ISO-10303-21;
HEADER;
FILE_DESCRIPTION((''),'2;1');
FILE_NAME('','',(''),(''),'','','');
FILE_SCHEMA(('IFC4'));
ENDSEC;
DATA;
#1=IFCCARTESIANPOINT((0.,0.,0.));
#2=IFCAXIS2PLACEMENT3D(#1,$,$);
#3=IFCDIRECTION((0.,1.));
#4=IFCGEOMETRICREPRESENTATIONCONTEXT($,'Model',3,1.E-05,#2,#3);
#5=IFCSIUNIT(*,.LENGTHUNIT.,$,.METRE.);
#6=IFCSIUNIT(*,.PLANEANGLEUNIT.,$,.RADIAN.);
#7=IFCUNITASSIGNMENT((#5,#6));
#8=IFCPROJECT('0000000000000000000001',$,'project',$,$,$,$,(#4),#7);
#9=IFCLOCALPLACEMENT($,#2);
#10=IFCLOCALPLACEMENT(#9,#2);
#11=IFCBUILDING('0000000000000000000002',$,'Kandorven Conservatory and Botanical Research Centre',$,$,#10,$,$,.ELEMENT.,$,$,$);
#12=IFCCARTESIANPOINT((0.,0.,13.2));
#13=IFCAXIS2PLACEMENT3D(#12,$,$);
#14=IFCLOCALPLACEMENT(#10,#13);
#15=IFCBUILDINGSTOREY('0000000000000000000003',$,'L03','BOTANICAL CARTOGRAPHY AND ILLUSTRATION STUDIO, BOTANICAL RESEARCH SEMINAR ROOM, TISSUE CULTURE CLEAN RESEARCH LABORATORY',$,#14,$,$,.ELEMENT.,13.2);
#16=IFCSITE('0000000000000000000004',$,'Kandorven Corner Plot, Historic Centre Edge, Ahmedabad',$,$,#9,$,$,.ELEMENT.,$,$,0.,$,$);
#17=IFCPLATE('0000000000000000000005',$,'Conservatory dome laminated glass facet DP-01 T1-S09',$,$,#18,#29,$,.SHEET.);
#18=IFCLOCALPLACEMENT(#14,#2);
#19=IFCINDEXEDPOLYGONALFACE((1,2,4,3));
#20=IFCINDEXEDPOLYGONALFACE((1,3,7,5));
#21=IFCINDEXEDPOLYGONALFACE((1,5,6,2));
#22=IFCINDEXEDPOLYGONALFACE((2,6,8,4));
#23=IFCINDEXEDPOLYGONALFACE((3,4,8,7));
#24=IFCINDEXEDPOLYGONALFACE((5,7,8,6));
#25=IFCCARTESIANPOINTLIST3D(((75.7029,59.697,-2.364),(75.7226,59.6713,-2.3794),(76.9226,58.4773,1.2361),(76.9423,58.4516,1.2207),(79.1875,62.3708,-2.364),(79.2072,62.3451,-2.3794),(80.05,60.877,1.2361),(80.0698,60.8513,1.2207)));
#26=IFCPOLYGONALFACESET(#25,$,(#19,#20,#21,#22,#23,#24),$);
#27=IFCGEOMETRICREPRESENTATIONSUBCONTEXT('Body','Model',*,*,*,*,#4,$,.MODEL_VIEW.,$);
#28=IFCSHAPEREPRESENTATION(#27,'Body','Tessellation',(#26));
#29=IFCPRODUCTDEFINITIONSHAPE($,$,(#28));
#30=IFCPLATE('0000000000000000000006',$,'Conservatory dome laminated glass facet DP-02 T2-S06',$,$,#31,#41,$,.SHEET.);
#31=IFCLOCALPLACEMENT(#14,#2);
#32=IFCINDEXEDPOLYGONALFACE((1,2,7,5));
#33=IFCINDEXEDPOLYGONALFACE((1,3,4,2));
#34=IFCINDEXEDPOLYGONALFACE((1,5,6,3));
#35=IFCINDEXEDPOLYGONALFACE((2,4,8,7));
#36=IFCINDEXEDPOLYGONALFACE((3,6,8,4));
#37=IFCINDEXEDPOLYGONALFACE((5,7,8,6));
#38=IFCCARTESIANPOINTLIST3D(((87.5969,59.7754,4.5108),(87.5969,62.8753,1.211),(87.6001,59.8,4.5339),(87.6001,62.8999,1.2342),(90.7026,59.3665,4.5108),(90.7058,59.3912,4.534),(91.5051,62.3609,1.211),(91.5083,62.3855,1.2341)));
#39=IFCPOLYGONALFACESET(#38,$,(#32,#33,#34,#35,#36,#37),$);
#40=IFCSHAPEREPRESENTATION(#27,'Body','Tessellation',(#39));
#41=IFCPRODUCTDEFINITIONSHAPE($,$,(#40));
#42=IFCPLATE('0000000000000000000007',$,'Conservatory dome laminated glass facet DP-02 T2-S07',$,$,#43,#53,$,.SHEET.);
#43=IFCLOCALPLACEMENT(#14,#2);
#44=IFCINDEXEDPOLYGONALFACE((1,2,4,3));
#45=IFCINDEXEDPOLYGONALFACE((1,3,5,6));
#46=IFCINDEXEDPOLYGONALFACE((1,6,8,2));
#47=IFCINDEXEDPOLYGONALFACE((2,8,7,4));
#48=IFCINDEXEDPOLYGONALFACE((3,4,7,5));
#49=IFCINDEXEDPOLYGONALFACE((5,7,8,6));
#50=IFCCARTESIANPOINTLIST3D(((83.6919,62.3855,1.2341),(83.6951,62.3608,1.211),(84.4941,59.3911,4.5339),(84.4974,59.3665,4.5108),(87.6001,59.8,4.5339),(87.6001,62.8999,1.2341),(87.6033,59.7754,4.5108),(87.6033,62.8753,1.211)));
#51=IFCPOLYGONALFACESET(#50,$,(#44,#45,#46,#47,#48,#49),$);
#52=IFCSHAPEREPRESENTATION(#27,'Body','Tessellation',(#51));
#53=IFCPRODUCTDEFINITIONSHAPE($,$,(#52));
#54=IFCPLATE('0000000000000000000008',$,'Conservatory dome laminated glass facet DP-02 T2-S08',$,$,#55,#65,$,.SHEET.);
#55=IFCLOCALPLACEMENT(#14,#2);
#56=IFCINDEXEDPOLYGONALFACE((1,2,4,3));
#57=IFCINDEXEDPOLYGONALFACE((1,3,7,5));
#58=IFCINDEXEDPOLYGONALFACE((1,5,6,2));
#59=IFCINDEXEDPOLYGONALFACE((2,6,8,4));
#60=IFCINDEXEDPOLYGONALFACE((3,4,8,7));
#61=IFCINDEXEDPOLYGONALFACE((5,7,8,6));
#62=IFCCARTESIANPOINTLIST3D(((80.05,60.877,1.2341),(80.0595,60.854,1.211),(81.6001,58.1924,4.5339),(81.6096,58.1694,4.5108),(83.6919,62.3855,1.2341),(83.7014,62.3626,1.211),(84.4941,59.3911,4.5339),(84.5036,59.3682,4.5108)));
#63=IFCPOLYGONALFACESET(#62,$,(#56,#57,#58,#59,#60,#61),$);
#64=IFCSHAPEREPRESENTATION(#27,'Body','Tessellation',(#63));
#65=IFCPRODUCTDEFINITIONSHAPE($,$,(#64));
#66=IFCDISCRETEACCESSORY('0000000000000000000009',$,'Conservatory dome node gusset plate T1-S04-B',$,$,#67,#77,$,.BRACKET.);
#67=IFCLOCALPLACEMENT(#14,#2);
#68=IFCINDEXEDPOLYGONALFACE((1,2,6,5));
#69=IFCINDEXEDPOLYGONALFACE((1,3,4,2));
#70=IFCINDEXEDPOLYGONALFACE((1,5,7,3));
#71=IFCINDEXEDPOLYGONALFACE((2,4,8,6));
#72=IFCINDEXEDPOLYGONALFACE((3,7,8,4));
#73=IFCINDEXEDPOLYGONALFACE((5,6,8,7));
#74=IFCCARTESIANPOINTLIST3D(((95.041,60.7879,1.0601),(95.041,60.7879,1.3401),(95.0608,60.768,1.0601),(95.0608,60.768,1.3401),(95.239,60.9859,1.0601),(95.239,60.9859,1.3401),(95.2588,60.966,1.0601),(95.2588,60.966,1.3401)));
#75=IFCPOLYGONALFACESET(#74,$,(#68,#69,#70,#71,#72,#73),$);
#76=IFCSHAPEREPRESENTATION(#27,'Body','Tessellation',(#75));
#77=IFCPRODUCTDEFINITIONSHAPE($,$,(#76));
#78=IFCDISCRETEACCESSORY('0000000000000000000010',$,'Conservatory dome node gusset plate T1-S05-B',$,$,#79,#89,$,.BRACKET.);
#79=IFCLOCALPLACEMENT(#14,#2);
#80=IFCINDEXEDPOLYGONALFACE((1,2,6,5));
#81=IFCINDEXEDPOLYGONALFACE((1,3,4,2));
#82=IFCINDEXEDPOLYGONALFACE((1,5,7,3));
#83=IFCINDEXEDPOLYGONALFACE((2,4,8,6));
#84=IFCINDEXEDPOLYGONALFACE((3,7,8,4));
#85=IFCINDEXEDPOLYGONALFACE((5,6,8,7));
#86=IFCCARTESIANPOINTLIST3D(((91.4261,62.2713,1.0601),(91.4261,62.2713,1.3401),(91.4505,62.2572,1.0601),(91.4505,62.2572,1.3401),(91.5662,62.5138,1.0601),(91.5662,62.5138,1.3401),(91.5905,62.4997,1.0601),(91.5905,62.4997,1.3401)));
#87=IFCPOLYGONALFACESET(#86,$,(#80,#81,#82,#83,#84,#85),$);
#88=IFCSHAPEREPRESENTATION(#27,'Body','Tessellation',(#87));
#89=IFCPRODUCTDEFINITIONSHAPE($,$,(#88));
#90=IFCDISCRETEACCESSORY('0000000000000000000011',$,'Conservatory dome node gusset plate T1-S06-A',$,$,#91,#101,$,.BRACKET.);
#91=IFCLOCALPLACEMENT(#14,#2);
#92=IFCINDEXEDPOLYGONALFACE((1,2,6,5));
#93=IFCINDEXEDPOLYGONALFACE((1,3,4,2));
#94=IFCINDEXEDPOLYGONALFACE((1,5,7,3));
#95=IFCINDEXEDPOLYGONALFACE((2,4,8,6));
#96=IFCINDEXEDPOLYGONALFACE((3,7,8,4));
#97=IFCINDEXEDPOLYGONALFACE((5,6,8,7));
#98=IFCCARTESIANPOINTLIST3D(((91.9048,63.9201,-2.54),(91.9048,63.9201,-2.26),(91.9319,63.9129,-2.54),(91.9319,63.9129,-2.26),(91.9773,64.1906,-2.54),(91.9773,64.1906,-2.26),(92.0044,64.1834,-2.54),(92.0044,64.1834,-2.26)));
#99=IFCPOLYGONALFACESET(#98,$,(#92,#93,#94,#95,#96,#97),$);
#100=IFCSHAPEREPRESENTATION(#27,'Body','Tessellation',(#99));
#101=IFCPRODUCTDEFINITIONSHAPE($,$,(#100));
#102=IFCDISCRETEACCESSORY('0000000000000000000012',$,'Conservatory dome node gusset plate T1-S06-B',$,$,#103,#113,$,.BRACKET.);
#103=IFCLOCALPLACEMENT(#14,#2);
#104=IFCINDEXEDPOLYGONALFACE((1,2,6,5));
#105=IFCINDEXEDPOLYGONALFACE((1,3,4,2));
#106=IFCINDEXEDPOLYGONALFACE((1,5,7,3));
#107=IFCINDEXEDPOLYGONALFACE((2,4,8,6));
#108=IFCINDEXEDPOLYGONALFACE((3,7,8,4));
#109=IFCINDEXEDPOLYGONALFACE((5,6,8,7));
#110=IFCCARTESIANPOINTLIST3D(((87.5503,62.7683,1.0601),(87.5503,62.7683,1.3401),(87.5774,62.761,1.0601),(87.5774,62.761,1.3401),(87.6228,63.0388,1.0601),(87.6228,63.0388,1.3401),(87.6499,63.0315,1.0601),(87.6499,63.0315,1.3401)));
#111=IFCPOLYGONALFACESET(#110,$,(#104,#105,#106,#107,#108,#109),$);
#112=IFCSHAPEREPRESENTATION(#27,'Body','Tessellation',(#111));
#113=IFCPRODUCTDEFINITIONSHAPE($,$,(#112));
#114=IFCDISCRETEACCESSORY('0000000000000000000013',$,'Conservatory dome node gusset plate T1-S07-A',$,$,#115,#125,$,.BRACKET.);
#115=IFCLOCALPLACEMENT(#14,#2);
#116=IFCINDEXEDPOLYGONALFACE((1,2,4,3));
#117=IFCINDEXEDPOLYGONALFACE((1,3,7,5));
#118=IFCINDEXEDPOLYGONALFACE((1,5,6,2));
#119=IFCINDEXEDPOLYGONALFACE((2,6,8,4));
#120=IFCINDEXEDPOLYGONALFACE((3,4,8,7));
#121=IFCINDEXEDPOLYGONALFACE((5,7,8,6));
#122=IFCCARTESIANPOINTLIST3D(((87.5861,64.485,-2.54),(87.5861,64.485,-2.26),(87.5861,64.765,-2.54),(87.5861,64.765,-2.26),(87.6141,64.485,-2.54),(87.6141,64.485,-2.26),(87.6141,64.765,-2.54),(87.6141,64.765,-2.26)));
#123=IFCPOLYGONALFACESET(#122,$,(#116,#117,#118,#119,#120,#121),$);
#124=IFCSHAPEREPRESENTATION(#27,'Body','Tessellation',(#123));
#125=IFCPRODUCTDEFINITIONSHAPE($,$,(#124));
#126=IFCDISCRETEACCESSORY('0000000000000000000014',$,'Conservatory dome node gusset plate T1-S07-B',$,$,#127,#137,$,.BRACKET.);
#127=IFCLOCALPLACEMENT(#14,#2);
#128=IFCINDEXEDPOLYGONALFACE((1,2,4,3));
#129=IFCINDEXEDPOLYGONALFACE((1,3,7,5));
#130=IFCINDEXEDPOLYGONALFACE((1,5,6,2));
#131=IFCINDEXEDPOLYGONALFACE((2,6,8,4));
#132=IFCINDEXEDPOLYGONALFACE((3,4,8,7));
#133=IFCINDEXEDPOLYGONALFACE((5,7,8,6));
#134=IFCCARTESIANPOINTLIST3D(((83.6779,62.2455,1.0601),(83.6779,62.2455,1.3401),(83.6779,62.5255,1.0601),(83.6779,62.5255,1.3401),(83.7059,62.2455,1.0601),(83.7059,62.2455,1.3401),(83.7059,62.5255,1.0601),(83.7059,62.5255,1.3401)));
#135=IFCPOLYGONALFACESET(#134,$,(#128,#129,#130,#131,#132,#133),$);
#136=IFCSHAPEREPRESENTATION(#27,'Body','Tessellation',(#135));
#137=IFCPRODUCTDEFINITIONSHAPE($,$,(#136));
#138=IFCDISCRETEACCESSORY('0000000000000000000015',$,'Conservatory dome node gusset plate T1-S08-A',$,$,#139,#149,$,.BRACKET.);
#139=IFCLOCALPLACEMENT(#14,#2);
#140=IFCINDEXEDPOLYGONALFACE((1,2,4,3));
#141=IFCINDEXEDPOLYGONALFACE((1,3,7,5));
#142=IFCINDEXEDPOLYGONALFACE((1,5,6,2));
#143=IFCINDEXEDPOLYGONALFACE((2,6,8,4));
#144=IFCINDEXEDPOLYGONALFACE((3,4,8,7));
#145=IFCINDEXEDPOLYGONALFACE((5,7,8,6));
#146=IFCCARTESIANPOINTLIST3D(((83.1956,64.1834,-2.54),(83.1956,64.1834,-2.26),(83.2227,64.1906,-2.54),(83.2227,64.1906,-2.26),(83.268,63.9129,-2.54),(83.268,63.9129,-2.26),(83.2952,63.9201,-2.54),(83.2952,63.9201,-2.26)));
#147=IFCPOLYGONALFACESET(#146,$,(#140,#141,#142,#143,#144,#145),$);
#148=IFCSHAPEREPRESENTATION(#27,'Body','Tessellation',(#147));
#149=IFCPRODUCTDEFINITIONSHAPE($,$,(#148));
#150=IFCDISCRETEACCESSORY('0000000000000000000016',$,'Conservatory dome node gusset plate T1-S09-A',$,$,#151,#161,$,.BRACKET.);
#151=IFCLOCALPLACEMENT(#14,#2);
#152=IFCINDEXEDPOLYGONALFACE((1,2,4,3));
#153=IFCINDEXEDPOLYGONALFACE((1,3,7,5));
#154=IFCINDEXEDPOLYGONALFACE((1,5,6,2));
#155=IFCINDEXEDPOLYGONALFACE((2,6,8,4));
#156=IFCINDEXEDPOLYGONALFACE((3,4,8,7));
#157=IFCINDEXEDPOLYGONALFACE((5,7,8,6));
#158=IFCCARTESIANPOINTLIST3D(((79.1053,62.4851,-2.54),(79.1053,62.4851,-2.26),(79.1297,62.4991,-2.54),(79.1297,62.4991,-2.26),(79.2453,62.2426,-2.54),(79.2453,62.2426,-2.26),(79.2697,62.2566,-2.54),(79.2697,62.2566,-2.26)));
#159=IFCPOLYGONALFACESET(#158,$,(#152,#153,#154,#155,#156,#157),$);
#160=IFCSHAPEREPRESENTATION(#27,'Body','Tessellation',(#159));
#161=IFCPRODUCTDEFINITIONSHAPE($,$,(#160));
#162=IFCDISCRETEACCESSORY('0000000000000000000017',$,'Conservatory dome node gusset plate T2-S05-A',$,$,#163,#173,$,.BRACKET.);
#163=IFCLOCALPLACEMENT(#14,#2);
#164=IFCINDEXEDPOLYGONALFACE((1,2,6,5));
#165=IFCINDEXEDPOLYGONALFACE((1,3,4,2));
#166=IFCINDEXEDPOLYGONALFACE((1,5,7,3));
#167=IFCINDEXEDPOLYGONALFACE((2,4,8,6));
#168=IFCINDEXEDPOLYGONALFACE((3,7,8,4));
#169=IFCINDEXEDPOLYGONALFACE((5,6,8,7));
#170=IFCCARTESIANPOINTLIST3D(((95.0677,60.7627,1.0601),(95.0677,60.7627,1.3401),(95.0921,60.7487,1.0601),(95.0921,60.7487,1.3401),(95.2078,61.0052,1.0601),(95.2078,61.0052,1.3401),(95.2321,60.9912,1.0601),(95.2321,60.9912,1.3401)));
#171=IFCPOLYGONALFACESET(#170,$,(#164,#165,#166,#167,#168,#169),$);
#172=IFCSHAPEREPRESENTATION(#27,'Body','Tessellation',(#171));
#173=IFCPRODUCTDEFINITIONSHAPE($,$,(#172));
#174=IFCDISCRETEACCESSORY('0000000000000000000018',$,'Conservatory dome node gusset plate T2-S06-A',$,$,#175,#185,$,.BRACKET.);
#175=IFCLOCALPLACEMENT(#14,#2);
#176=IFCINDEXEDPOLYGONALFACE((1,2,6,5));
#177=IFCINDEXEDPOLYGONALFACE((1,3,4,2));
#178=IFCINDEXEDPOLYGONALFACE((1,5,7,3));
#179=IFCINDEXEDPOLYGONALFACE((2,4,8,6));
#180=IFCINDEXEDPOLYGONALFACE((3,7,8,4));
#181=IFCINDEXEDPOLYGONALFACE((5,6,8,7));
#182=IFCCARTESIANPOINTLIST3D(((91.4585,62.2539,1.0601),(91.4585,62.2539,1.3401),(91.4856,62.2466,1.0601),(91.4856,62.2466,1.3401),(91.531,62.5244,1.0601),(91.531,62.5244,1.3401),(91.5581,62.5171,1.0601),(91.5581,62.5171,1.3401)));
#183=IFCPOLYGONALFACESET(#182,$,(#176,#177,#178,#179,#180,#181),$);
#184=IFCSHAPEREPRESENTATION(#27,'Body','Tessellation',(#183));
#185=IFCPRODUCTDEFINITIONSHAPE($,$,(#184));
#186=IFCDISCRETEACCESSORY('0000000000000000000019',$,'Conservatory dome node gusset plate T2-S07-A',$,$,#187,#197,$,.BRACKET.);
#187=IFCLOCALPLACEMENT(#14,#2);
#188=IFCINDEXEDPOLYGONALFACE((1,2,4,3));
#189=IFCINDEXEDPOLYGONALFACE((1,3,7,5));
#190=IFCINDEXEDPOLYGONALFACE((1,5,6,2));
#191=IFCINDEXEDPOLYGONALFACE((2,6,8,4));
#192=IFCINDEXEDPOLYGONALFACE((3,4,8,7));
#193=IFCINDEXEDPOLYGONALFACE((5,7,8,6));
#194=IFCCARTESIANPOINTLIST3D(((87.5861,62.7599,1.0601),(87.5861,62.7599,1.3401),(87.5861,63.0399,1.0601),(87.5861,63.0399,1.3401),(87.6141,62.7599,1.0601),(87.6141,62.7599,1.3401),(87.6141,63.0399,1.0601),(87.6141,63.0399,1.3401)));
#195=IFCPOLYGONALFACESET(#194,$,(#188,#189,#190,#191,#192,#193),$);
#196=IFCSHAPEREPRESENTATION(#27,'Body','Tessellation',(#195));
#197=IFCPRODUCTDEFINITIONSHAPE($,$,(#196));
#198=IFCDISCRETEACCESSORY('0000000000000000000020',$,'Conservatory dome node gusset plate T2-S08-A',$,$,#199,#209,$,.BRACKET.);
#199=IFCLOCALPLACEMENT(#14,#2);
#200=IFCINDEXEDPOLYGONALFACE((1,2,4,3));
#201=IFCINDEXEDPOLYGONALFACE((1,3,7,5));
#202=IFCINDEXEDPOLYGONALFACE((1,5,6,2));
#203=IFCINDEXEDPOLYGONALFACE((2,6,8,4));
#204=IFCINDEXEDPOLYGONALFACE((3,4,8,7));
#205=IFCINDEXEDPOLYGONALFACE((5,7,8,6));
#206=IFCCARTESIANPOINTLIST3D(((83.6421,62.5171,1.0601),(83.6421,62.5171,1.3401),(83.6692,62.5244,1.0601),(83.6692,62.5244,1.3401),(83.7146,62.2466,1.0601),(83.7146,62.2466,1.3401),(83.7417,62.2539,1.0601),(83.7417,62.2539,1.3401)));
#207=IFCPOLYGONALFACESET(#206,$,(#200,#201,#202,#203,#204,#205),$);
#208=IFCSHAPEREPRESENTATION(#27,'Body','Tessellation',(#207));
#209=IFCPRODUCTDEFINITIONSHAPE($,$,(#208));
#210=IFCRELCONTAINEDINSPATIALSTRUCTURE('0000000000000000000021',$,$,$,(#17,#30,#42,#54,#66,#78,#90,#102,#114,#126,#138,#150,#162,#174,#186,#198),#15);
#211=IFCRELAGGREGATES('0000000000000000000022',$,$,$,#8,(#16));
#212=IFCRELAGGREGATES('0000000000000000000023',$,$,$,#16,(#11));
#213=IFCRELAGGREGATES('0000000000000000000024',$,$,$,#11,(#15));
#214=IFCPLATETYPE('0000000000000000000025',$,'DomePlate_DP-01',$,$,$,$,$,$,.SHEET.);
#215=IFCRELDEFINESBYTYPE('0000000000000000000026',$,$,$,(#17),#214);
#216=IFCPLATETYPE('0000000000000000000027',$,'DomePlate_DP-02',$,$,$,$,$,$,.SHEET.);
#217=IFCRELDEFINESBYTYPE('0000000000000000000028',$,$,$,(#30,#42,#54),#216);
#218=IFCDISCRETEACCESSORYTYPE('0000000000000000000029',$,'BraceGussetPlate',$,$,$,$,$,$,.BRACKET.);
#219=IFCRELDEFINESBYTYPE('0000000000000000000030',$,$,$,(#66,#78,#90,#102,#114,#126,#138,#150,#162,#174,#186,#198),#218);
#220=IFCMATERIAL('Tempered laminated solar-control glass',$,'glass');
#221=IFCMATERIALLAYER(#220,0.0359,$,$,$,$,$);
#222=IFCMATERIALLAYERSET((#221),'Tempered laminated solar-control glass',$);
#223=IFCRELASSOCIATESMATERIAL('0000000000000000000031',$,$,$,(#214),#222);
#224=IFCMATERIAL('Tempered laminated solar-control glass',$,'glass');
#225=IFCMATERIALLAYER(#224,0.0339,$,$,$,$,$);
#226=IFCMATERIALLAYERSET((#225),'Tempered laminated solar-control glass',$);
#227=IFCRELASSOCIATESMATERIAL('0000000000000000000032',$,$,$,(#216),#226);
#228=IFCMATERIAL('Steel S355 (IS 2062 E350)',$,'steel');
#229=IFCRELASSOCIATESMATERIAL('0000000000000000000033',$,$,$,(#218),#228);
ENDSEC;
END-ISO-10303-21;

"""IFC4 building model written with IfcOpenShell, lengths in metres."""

from ifc_helpers import new_model, si_unit, direction, frame, origin, origin_2d, place, context, subcontext, project, spatial, polyline, rectangle, outline, extrude, material, layer, layer_set, type_object, element, save


model = new_model("IFC4")

# Units and contexts
model_context = context("Model", 3, precision=1e-05, world=origin(), true_north=direction((0.0, 1.0)))
body_context = subcontext(model_context, "Body", "Model", "MODEL_VIEW")
ifc_project = project(units=[si_unit("LENGTHUNIT", "METRE"), si_unit("PLANEANGLEUNIT", "RADIAN")], contexts=[model_context])

# Site, building, storey
site_placement = place(None, origin())
site = spatial("IfcSite", under=ifc_project, at=site_placement, Name="Kandorven Corner Plot, Historic Centre Edge, Ahmedabad", CompositionType="ELEMENT", RefElevation=0.0)
building_placement = place(site_placement, origin())
building = spatial("IfcBuilding", under=site, at=building_placement, Name="Kandorven Conservatory and Botanical Research Centre", CompositionType="ELEMENT")
storey_placement = place(building_placement, frame((0.0, 0.0, 13.2)))
storey = spatial("IfcBuildingStorey", under=building, at=storey_placement, Name="L03", Description="BOTANICAL CARTOGRAPHY AND ILLUSTRATION STUDIO, BOTANICAL RESEARCH SEMINAR ROOM, TISSUE CULTURE CLEAN RESEARCH LABORATORY", CompositionType="ELEMENT", Elevation=13.2)

# Plates
ifc_material_1 = material(Name="Tempered laminated solar-control glass", Category="glass")
ifc_layer_1 = layer(ifc_material_1, 0.0359)
ifc_layer_set_1 = layer_set([ifc_layer_1], Name="Tempered laminated solar-control glass")
plate_type_1 = type_object("IfcPlateType", Name="DomePlate_DP-01", PredefinedType="SHEET", material=ifc_layer_set_1)
plate_1_placement = place(storey_placement, frame((79.1875, 62.3708, -2.364), z_axis=(-0.549861, 0.71661, 0.429096), x_axis=(-0.79336, -0.608753, 0.000004)))
element("IfcPlate", 1, at=plate_1_placement, inside=storey, type_object=plate_type_1, Name="Conservatory dome laminated glass facet DP-01 T1-S09", PredefinedType="SHEET", context=body_context, shape_type="SweptSolid", body=[
    extrude(outline(polyline([(0.0, 0.0), (4.3923, 0.0), (4.1671, 3.9857), (0.2251, 3.9857), (0.0, 0.0)])), origin(), (0.0, 0.0, -1.0), 0.0359),
])
ifc_material_2 = material(Name="Tempered laminated solar-control glass", Category="glass")
ifc_layer_2 = layer(ifc_material_2, 0.0339)
ifc_layer_set_2 = layer_set([ifc_layer_2], Name="Tempered laminated solar-control glass")
plate_type_2 = type_object("IfcPlateType", Name="DomePlate_DP-02", PredefinedType="SHEET", material=ifc_layer_set_2)
plate_2_placement = place(storey_placement, frame((91.5083, 62.3855, 1.2341), z_axis=(0.095508, 0.725503, 0.68156), x_axis=(-0.991447, 0.130508, 0.000011)))
element("IfcPlate", 2, at=plate_2_placement, inside=storey, type_object=plate_type_2, Name="Conservatory dome laminated glass facet DP-02 T2-S06", PredefinedType="SHEET", context=body_context, shape_type="SweptSolid", body=[
    extrude(outline(polyline([(0.0, 0.0), (3.9419, 0.0), (3.5374, 4.5093), (0.4049, 4.5094), (0.0, 0.0)])), origin(), (0.0, 0.0, -1.0), 0.0339),
])
plate_3_placement = place(storey_placement, frame((87.6001, 62.8999, 1.2341), z_axis=(-0.095505, 0.725505, 0.681558), x_axis=(-0.991448, -0.130505, -0.000009)))
element("IfcPlate", 3, at=plate_3_placement, inside=storey, type_object=plate_type_2, Name="Conservatory dome laminated glass facet DP-02 T2-S07", PredefinedType="SHEET", context=body_context, shape_type="SweptSolid", body=[
    extrude(outline(polyline([(0.0, 0.0), (3.9419, 0.0), (3.5373, 4.5094), (0.4045, 4.5093), (0.0, 0.0)])), origin(), (0.0, 0.0, -1.0), 0.0339),
])
plate_4_placement = place(storey_placement, frame((83.6919, 62.3855, 1.2341), z_axis=(-0.280035, 0.676059, 0.681561), x_axis=(-0.923877, -0.382689, 0.000004)))
element("IfcPlate", 4, at=plate_4_placement, inside=storey, type_object=plate_type_2, Name="Conservatory dome laminated glass facet DP-02 T2-S08", PredefinedType="SHEET", context=body_context, shape_type="SweptSolid", body=[
    extrude(outline(polyline([(0.0, 0.0), (3.9419, 0.0), (3.5372, 4.5094), (0.4048, 4.5094), (0.0, 0.0)])), origin(), (0.0, 0.0, -1.0), 0.0339),
])

# Discrete accessories
ifc_material_3 = material(Name="Steel S355 (IS 2062 E350)", Category="steel")
discrete_accessory_type = type_object("IfcDiscreteAccessoryType", Name="BraceGussetPlate", PredefinedType="BRACKET", material=ifc_material_3)
for number, where, z_axis, x_axis, name in (
    (5, (95.1499, 60.877, 1.0601), (0.0, 0.0, 1.0), (0.707107, 0.707107, 0.0), "Conservatory dome node gusset plate T1-S04-B"),
    (6, (91.5083, 62.3855, 1.0601), (0.0, 0.0, 1.0), (0.5, 0.866025, 0.0), "Conservatory dome node gusset plate T1-S05-B"),
    (7, (91.9546, 64.0518, -2.54), (0.0, 0.0, 1.0), (0.258819, 0.965926, 0.0), "Conservatory dome node gusset plate T1-S06-A"),
    (8, (87.6001, 62.8999, 1.0601), (0.0, 0.0, 1.0), (0.258819, 0.965926, 0.0), "Conservatory dome node gusset plate T1-S06-B"),
    (9, (87.6001, 64.625, -2.54), (0.0, 0.0, 1.0), (0.0, 1.0, 0.0), "Conservatory dome node gusset plate T1-S07-A"),
    (10, (83.6919, 62.3855, 1.0601), (0.0, 0.0, 1.0), (0.0, 1.0, 0.0), "Conservatory dome node gusset plate T1-S07-B"),
    (11, (83.2454, 64.0518, -2.54), (0.0, 0.0, 1.0), (-0.258819, 0.965926, 0.0), "Conservatory dome node gusset plate T1-S08-A"),
    (12, (79.1875, 62.3708, -2.54), (0.0, 0.0, 1.0), (-0.5, 0.866025, 0.0), "Conservatory dome node gusset plate T1-S09-A"),
    (13, (95.1499, 60.877, 1.0601), (0.0, 0.0, 1.0), (0.5, 0.866025, 0.0), "Conservatory dome node gusset plate T2-S05-A"),
    (14, (91.5083, 62.3855, 1.0601), (0.0, 0.0, 1.0), (0.258819, 0.965926, 0.0), "Conservatory dome node gusset plate T2-S06-A"),
    (15, (87.6001, 62.8999, 1.0601), (0.0, 0.0, 1.0), (0.0, 1.0, 0.0), "Conservatory dome node gusset plate T2-S07-A"),
    (16, (83.6919, 62.3855, 1.0601), (0.0, 0.0, 1.0), (-0.258819, 0.965926, 0.0), "Conservatory dome node gusset plate T2-S08-A"),
):
    element("IfcDiscreteAccessory", number, at=place(storey_placement, frame(where, z_axis=z_axis, x_axis=x_axis)), inside=storey, type_object=discrete_accessory_type, Name=name, PredefinedType="BRACKET", context=body_context, shape_type="SweptSolid", body=[
        extrude(rectangle(XDim=0.28, YDim=0.0281, at=origin_2d()), origin(), (0.0, 0.0, 1.0), 0.28),
    ])

save(model, "model.ifc")
